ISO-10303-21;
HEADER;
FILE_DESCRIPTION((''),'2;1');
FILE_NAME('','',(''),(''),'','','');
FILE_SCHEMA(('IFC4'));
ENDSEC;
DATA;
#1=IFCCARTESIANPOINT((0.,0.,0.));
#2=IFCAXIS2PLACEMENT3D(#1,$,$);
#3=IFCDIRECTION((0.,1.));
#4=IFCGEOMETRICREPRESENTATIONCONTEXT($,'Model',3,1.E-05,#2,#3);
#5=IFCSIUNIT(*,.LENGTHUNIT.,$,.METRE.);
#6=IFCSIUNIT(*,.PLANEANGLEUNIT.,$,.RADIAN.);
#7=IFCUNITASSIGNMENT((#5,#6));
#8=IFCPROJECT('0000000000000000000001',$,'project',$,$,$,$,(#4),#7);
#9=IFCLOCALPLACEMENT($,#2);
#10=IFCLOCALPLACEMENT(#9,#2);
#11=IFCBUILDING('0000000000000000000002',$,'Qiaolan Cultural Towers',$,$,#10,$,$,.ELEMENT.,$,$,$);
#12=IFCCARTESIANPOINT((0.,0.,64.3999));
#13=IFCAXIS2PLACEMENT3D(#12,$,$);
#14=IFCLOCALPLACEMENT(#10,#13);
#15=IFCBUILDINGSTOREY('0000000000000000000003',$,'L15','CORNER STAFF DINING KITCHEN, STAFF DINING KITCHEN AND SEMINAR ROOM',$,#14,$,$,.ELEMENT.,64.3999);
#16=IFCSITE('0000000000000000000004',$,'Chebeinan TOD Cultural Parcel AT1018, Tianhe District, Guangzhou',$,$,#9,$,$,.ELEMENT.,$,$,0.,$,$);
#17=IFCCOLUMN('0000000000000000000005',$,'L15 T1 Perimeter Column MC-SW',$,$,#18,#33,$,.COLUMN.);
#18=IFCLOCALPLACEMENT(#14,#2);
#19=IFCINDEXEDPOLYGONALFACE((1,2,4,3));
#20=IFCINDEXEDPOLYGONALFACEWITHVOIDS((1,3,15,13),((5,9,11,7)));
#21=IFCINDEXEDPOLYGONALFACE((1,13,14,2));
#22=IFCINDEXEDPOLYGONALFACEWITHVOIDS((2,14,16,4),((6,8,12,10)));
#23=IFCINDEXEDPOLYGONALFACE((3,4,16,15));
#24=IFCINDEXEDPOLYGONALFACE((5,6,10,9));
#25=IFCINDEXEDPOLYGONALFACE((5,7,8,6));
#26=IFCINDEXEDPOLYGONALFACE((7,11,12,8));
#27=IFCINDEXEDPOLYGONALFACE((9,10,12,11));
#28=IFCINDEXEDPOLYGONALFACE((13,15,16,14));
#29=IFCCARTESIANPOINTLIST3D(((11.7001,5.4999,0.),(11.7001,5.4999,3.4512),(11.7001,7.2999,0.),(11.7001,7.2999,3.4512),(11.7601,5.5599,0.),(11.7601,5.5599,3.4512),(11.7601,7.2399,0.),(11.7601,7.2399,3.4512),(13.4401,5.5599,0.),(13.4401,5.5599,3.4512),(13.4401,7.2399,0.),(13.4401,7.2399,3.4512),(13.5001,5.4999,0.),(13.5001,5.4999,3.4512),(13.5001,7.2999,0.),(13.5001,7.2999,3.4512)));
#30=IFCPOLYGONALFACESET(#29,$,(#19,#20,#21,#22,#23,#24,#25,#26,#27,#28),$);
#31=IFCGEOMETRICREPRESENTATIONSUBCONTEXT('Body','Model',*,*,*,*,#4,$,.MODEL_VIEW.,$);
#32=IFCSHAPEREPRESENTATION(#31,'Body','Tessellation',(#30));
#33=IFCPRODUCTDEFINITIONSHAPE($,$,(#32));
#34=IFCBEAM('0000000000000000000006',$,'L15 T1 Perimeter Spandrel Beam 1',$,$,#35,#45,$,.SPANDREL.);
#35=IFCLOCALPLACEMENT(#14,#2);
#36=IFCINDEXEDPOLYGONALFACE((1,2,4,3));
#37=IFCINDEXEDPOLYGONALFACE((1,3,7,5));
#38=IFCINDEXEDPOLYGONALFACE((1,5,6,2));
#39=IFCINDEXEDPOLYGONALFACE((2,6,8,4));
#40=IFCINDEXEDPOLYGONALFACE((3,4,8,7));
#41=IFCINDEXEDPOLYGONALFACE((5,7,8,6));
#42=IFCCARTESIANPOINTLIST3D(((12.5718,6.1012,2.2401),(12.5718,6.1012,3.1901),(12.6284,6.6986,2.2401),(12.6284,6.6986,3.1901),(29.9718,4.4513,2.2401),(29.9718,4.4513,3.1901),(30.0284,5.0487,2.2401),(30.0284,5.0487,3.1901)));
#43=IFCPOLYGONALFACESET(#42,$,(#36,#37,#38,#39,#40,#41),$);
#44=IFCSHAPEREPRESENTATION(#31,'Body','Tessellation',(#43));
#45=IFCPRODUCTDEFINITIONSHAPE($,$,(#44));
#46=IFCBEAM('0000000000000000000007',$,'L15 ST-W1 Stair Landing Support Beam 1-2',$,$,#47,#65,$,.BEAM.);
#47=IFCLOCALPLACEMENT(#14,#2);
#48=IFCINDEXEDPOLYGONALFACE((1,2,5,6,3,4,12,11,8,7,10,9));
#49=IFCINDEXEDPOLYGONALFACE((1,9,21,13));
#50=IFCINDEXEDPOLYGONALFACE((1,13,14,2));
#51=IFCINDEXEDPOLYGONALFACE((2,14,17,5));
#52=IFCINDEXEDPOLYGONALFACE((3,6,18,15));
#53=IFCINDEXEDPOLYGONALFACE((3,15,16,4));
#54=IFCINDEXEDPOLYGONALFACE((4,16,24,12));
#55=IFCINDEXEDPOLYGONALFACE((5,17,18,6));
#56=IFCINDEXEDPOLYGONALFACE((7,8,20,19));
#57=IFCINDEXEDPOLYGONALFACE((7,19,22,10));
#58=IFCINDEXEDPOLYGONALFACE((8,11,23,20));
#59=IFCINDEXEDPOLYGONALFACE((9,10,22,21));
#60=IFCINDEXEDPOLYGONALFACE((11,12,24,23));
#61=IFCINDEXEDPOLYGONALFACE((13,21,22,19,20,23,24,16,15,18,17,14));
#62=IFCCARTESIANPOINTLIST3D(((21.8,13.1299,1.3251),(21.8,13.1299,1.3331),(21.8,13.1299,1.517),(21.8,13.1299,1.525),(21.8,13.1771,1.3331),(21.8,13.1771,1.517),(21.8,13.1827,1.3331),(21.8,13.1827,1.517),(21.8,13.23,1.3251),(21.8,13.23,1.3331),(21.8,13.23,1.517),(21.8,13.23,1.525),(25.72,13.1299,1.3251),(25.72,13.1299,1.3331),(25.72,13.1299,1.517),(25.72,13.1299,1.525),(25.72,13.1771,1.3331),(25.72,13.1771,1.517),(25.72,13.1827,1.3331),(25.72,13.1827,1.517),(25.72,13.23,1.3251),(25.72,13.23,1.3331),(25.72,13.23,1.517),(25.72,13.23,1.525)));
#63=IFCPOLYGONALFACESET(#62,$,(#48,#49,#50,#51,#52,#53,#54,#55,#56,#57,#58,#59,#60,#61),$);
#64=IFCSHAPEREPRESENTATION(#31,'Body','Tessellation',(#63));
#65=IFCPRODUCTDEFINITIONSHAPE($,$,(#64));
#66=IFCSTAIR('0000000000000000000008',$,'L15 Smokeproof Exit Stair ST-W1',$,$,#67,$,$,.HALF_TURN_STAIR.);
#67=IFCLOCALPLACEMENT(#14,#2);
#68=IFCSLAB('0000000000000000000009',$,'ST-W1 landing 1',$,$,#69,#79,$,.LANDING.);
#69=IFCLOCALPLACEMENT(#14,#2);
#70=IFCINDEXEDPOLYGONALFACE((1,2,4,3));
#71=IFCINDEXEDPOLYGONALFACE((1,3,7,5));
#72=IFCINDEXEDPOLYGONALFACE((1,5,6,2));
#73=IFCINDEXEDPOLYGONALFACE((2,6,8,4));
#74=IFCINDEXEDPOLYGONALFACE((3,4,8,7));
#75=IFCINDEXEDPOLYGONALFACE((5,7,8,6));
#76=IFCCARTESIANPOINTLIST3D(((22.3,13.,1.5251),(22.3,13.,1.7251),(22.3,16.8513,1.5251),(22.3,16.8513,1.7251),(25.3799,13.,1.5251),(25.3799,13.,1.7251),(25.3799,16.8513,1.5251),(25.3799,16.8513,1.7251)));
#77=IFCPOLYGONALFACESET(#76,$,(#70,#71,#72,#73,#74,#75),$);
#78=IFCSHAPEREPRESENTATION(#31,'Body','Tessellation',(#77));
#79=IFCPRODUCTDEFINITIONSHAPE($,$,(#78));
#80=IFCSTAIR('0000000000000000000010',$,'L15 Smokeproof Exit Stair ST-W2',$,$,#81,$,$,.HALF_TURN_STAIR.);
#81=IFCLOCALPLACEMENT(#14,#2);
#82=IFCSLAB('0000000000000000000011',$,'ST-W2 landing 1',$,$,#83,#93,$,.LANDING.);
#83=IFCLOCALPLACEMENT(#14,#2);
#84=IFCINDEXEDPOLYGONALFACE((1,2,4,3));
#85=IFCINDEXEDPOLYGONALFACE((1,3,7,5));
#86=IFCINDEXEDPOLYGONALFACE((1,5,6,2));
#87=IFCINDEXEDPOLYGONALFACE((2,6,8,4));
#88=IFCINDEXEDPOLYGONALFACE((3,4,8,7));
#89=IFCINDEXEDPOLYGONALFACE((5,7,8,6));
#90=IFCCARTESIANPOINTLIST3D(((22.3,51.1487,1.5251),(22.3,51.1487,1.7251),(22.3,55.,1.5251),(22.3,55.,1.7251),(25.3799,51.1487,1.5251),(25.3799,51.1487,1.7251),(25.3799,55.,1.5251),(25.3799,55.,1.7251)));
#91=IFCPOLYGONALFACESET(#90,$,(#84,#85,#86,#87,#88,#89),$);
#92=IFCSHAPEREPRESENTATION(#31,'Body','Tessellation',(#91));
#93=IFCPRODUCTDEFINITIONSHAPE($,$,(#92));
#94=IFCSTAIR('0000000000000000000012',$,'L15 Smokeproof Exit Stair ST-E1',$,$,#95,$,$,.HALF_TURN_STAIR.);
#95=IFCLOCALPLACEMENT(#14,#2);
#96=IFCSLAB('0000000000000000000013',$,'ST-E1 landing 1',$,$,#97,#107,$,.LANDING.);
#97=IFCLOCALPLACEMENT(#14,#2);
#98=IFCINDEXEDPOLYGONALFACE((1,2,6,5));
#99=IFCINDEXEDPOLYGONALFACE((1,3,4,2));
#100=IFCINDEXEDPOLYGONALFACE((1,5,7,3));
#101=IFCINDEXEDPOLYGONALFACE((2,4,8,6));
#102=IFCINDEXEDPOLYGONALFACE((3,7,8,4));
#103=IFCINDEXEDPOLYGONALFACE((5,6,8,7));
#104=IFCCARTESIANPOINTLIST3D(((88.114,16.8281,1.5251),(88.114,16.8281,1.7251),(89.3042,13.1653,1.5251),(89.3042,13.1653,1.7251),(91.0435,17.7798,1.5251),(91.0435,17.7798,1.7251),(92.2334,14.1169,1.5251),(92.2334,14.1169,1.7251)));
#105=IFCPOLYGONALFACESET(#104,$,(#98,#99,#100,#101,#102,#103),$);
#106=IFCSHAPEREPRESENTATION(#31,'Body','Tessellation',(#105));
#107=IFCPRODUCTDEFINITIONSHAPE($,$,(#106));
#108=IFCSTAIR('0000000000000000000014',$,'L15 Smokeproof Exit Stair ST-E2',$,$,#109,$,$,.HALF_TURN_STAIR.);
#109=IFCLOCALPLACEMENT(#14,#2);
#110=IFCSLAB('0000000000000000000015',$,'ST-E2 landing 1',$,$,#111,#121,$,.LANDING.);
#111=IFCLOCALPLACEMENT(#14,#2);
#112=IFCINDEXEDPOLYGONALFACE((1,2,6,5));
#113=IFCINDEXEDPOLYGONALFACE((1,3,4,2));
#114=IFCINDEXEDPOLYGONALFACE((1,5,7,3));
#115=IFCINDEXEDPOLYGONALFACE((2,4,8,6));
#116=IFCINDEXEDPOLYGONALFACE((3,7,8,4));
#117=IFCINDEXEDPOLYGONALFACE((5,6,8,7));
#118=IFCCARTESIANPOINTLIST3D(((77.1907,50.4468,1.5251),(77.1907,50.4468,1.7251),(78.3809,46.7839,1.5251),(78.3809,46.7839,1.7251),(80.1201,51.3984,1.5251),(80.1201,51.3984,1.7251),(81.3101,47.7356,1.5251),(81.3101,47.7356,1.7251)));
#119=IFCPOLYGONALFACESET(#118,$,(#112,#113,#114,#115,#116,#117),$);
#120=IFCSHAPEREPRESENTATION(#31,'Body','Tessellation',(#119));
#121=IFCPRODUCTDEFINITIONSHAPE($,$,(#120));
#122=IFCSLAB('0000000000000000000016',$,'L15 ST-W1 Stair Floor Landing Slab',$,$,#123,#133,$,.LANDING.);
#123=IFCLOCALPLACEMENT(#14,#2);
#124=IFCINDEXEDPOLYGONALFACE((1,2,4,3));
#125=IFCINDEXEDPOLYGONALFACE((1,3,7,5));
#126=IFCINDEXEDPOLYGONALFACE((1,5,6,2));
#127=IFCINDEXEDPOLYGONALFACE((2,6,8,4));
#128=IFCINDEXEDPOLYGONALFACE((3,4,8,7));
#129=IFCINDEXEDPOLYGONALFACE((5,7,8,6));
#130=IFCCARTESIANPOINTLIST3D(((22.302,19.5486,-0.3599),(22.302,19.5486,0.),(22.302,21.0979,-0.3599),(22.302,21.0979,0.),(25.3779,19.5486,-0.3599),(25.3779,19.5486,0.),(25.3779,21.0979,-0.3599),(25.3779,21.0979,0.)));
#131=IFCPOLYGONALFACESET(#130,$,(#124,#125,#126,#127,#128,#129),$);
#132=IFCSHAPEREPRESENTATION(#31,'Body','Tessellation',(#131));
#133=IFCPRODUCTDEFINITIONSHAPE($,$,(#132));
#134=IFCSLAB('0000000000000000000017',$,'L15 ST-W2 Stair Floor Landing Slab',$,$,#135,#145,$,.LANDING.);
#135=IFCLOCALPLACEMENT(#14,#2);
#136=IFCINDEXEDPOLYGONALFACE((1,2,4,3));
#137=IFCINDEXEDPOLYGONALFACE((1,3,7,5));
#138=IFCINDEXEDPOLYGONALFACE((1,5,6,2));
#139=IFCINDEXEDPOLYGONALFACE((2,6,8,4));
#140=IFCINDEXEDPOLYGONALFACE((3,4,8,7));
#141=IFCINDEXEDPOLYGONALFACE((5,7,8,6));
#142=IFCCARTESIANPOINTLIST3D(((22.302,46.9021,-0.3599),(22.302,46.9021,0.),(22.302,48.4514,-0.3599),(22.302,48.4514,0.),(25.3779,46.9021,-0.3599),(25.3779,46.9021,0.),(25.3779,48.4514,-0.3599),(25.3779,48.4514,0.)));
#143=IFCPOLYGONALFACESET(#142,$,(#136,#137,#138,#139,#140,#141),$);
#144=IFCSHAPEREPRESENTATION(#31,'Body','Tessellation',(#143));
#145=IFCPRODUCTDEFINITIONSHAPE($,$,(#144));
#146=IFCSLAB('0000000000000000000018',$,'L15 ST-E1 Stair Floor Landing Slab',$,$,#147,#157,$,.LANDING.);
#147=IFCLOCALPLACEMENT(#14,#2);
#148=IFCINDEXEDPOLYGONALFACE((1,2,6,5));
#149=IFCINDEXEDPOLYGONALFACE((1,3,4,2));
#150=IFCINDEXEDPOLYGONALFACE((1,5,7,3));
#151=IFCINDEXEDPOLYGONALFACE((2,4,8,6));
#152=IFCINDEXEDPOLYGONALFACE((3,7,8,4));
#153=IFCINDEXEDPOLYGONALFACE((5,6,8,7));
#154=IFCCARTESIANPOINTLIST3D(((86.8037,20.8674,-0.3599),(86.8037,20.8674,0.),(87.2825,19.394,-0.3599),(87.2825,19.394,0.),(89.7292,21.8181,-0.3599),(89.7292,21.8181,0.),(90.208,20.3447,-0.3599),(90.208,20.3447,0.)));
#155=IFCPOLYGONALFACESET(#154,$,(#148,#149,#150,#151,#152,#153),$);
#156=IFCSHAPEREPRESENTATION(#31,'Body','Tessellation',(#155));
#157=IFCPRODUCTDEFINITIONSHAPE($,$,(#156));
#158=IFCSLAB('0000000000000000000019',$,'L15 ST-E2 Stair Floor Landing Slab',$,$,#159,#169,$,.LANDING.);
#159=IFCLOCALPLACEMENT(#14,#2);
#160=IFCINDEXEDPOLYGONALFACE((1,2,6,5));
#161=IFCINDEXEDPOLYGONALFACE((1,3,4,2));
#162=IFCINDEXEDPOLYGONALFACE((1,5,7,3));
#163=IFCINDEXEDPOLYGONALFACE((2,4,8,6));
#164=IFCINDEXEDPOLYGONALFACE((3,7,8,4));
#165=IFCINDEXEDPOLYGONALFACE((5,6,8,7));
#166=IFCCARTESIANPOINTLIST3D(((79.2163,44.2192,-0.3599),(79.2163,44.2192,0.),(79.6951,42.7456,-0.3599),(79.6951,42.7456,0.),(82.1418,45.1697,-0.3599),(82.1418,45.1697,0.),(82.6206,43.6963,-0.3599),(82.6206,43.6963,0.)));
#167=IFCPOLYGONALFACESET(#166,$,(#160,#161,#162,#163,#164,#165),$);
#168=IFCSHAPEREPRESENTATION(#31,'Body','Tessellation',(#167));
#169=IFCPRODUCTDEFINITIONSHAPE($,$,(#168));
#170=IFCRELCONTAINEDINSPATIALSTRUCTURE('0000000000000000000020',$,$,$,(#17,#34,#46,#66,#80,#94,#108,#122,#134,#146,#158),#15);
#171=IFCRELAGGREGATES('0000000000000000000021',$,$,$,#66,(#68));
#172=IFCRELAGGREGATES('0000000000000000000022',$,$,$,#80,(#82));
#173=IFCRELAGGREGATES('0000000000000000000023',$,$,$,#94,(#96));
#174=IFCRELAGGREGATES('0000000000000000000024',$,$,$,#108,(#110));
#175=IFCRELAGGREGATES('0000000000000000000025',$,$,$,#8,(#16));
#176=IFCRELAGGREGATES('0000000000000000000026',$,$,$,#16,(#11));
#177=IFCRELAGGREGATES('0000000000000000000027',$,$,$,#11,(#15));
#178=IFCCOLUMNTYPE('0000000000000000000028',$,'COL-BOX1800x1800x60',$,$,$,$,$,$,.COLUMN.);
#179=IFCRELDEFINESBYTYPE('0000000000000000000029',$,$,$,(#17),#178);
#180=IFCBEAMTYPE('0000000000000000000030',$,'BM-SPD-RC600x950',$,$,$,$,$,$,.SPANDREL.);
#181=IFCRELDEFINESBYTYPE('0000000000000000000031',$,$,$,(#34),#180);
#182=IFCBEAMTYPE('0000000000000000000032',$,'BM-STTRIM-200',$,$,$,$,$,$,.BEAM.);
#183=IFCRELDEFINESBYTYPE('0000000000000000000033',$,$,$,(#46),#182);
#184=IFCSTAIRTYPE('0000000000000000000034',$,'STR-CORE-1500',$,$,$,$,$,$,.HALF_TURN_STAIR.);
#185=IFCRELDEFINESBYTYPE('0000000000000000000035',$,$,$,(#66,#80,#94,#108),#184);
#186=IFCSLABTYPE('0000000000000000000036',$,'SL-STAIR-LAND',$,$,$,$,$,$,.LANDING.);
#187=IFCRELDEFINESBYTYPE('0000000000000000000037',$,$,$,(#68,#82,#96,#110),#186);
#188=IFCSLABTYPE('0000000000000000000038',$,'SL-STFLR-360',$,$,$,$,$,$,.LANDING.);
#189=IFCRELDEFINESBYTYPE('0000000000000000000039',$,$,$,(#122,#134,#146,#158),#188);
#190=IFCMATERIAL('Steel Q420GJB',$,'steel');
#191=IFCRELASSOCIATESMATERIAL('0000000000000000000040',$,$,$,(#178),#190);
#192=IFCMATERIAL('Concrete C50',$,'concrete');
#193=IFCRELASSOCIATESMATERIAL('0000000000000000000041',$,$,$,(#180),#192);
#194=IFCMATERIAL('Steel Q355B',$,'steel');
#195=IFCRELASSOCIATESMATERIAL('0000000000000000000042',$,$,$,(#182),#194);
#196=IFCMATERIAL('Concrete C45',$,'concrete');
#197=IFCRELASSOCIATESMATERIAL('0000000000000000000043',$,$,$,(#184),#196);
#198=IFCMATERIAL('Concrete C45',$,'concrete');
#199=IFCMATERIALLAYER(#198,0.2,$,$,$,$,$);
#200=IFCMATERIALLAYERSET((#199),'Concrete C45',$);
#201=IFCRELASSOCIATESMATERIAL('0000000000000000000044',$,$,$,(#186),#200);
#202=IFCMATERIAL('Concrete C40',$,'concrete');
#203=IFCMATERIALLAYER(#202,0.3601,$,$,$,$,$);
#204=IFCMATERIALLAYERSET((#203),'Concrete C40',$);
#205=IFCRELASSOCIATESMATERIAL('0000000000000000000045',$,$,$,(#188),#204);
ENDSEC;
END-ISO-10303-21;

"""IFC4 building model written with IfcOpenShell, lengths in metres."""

from ifc_helpers import new_model, si_unit, direction, frame, origin, origin_2d, place, context, subcontext, project, spatial, polyline, rectangle, hollow_rectangle, i_section, outline, extrude, material, layer, layer_set, material_profile, profile_set, type_object, element, aggregate, save


model = new_model("IFC4")

# Units and contexts
model_context = context("Model", 3, precision=1e-05, world=origin(), true_north=direction((0.0, 1.0)))
body_context = subcontext(model_context, "Body", "Model", "MODEL_VIEW")
ifc_project = project(units=[si_unit("LENGTHUNIT", "METRE"), si_unit("PLANEANGLEUNIT", "RADIAN")], contexts=[model_context])

# Site, building, storey
site_placement = place(None, origin())
site = spatial("IfcSite", under=ifc_project, at=site_placement, Name="Chebeinan TOD Cultural Parcel AT1018, Tianhe District, Guangzhou", CompositionType="ELEMENT", RefElevation=0.0)
building_placement = place(site_placement, origin())
building = spatial("IfcBuilding", under=site, at=building_placement, Name="Qiaolan Cultural Towers", CompositionType="ELEMENT")
storey_placement = place(building_placement, frame((0.0, 0.0, 64.3999)))
storey = spatial("IfcBuildingStorey", under=building, at=storey_placement, Name="L15", Description="CORNER STAFF DINING KITCHEN, STAFF DINING KITCHEN AND SEMINAR ROOM", CompositionType="ELEMENT", Elevation=64.3999)

# Column
ifc_material_1 = material(Name="Steel Q420GJB", Category="steel")
ifc_material_profile_1 = material_profile(ifc_material_1, hollow_rectangle(XDim=1.8, YDim=1.8, WallThickness=0.0601, at=origin_2d()), Name="BOX1800x1800x60")
ifc_profile_set_1 = profile_set([ifc_material_profile_1], Name="Steel Q420GJB")
column_type = type_object("IfcColumnType", Name="COL-BOX1800x1800x60", PredefinedType="COLUMN", material=ifc_profile_set_1)
column_placement = place(storey_placement, frame((12.6001, 6.3999, 0.0), z_axis=(0.0, 0.0, 1.0), x_axis=(1.0, 0.0, 0.0)))
element("IfcColumn", 1, at=column_placement, inside=storey, type_object=column_type, Name="L15 T1 Perimeter Column MC-SW", PredefinedType="COLUMN", context=body_context, shape_type="SweptSolid", body=[
    extrude(hollow_rectangle(XDim=1.8, YDim=1.8, WallThickness=0.0601, at=origin_2d()), origin(), (0.0, 0.0, 1.0), 3.4512),
])

# Beams
ifc_material_2 = material(Name="Concrete C50", Category="concrete")
ifc_material_profile_2 = material_profile(ifc_material_2, rectangle(XDim=0.6001, YDim=0.95, at=origin_2d()), Name="RC600x950")
ifc_profile_set_2 = profile_set([ifc_material_profile_2], Name="Concrete C50")
beam_type_1 = type_object("IfcBeamType", Name="BM-SPD-RC600x950", PredefinedType="SPANDREL", material=ifc_profile_set_2)
beam_1_placement = place(storey_placement, frame((12.6001, 6.3999, 2.7151), z_axis=(0.995534, -0.094399, 0.0), x_axis=(0.094399, 0.995534, 0.0)))
element("IfcBeam", 2, at=beam_1_placement, inside=storey, type_object=beam_type_1, Name="L15 T1 Perimeter Spandrel Beam 1", PredefinedType="SPANDREL", context=body_context, shape_type="SweptSolid", body=[
    extrude(rectangle(XDim=0.6001, YDim=0.95, at=origin_2d()), origin(), (0.0, 0.0, 1.0), 17.478),
])
ifc_material_3 = material(Name="Steel Q355B", Category="steel")
ifc_material_profile_3 = material_profile(ifc_material_3, i_section(OverallWidth=0.1001, OverallDepth=0.2, WebThickness=0.0056, FlangeThickness=0.0081, at=origin_2d()), Name="HN200x100x5.5x8")
ifc_profile_set_3 = profile_set([ifc_material_profile_3], Name="Steel Q355B")
beam_type_2 = type_object("IfcBeamType", Name="BM-STTRIM-200", PredefinedType="BEAM", material=ifc_profile_set_3)
beam_2_placement = place(storey_placement, frame((21.8, 13.1799, 1.425), z_axis=(1.0, 0.0, 0.0), x_axis=(0.0, 1.0, 0.0)))
element("IfcBeam", 3, at=beam_2_placement, inside=storey, type_object=beam_type_2, Name="L15 ST-W1 Stair Landing Support Beam 1-2", PredefinedType="BEAM", context=body_context, shape_type="SweptSolid", body=[
    extrude(i_section(OverallWidth=0.1001, OverallDepth=0.2, WebThickness=0.0056, FlangeThickness=0.0081, at=origin_2d()), origin(), (0.0, 0.0, 1.0), 3.9199),
])

# Stairs, slabs
ifc_material_4 = material(Name="Concrete C45", Category="concrete")
stair_type = type_object("IfcStairType", Name="STR-CORE-1500", PredefinedType="HALF_TURN_STAIR", material=ifc_material_4)
stair_1_placement = place(storey_placement, origin())
stair_1 = element("IfcStair", 4, at=stair_1_placement, inside=storey, type_object=stair_type, Name="L15 Smokeproof Exit Stair ST-W1", PredefinedType="HALF_TURN_STAIR")
ifc_material_5 = material(Name="Concrete C45", Category="concrete")
ifc_layer_1 = layer(ifc_material_5, 0.2)
ifc_layer_set_1 = layer_set([ifc_layer_1], Name="Concrete C45")
slab_type_1 = type_object("IfcSlabType", Name="SL-STAIR-LAND", PredefinedType="LANDING", material=ifc_layer_set_1)
slab_1_placement = place(storey_placement, frame((0.0, 0.0, 1.5251)))
slab_1 = element("IfcSlab", 5, at=slab_1_placement, type_object=slab_type_1, Name="ST-W1 landing 1", PredefinedType="LANDING", context=body_context, shape_type="SweptSolid", body=[
    extrude(outline(polyline([(22.3, 16.8513), (22.3, 13.0), (25.3799, 13.0), (25.3799, 16.8513), (22.3, 16.8513)])), origin(), (0.0, 0.0, 1.0), 0.2),
])
aggregate(stair_1, [slab_1])
stair_2_placement = place(storey_placement, origin())
stair_2 = element("IfcStair", 6, at=stair_2_placement, inside=storey, type_object=stair_type, Name="L15 Smokeproof Exit Stair ST-W2", PredefinedType="HALF_TURN_STAIR")
slab_2_placement = place(storey_placement, frame((0.0, 0.0, 1.5251)))
slab_2 = element("IfcSlab", 7, at=slab_2_placement, type_object=slab_type_1, Name="ST-W2 landing 1", PredefinedType="LANDING", context=body_context, shape_type="SweptSolid", body=[
    extrude(outline(polyline([(25.3799, 51.1487), (25.3799, 55.0), (22.3, 55.0), (22.3, 51.1487), (25.3799, 51.1487)])), origin(), (0.0, 0.0, 1.0), 0.2),
])
aggregate(stair_2, [slab_2])
stair_3_placement = place(storey_placement, origin())
stair_3 = element("IfcStair", 8, at=stair_3_placement, inside=storey, type_object=stair_type, Name="L15 Smokeproof Exit Stair ST-E1", PredefinedType="HALF_TURN_STAIR")
slab_3_placement = place(storey_placement, frame((0.0, 0.0, 1.5251)))
slab_3 = element("IfcSlab", 9, at=slab_3_placement, type_object=slab_type_1, Name="ST-E1 landing 1", PredefinedType="LANDING", context=body_context, shape_type="SweptSolid", body=[
    extrude(outline(polyline([(88.114, 16.8281), (89.3042, 13.1653), (92.2334, 14.1169), (91.0435, 17.7798), (88.114, 16.8281)])), origin(), (0.0, 0.0, 1.0), 0.2),
])
aggregate(stair_3, [slab_3])
stair_4_placement = place(storey_placement, origin())
stair_4 = element("IfcStair", 10, at=stair_4_placement, inside=storey, type_object=stair_type, Name="L15 Smokeproof Exit Stair ST-E2", PredefinedType="HALF_TURN_STAIR")
slab_4_placement = place(storey_placement, frame((0.0, 0.0, 1.5251)))
slab_4 = element("IfcSlab", 11, at=slab_4_placement, type_object=slab_type_1, Name="ST-E2 landing 1", PredefinedType="LANDING", context=body_context, shape_type="SweptSolid", body=[
    extrude(outline(polyline([(81.3101, 47.7356), (80.1201, 51.3984), (77.1907, 50.4468), (78.3809, 46.7839), (81.3101, 47.7356)])), origin(), (0.0, 0.0, 1.0), 0.2),
])
aggregate(stair_4, [slab_4])

# Slabs
ifc_material_6 = material(Name="Concrete C40", Category="concrete")
ifc_layer_2 = layer(ifc_material_6, 0.3601)
ifc_layer_set_2 = layer_set([ifc_layer_2], Name="Concrete C40")
slab_type_2 = type_object("IfcSlabType", Name="SL-STFLR-360", PredefinedType="LANDING", material=ifc_layer_set_2)
slab_5_placement = place(storey_placement, frame((0.0, 0.0, -0.3599)))
element("IfcSlab", 12, at=slab_5_placement, inside=storey, type_object=slab_type_2, Name="L15 ST-W1 Stair Floor Landing Slab", PredefinedType="LANDING", context=body_context, shape_type="SweptSolid", body=[
    extrude(outline(polyline([(22.302, 21.0979), (22.302, 19.5486), (25.3779, 19.5486), (25.3779, 21.0979), (22.302, 21.0979)])), origin(), (0.0, 0.0, 1.0), 0.3599),
])
slab_6_placement = place(storey_placement, frame((0.0, 0.0, -0.3599)))
element("IfcSlab", 13, at=slab_6_placement, inside=storey, type_object=slab_type_2, Name="L15 ST-W2 Stair Floor Landing Slab", PredefinedType="LANDING", context=body_context, shape_type="SweptSolid", body=[
    extrude(outline(polyline([(25.3779, 46.9021), (25.3779, 48.4514), (22.302, 48.4514), (22.302, 46.9021), (25.3779, 46.9021)])), origin(), (0.0, 0.0, 1.0), 0.3599),
])
slab_7_placement = place(storey_placement, frame((0.0, 0.0, -0.3599)))
element("IfcSlab", 14, at=slab_7_placement, inside=storey, type_object=slab_type_2, Name="L15 ST-E1 Stair Floor Landing Slab", PredefinedType="LANDING", context=body_context, shape_type="SweptSolid", body=[
    extrude(outline(polyline([(86.8037, 20.8674), (87.2825, 19.394), (90.208, 20.3447), (89.7292, 21.8181), (86.8037, 20.8674)])), origin(), (0.0, 0.0, 1.0), 0.3599),
])
slab_8_placement = place(storey_placement, frame((0.0, 0.0, -0.3599)))
element("IfcSlab", 15, at=slab_8_placement, inside=storey, type_object=slab_type_2, Name="L15 ST-E2 Stair Floor Landing Slab", PredefinedType="LANDING", context=body_context, shape_type="SweptSolid", body=[
    extrude(outline(polyline([(82.6206, 43.6963), (82.1418, 45.1697), (79.2163, 44.2192), (79.6951, 42.7456), (82.6206, 43.6963)])), origin(), (0.0, 0.0, 1.0), 0.3599),
])

save(model, "model.ifc")
